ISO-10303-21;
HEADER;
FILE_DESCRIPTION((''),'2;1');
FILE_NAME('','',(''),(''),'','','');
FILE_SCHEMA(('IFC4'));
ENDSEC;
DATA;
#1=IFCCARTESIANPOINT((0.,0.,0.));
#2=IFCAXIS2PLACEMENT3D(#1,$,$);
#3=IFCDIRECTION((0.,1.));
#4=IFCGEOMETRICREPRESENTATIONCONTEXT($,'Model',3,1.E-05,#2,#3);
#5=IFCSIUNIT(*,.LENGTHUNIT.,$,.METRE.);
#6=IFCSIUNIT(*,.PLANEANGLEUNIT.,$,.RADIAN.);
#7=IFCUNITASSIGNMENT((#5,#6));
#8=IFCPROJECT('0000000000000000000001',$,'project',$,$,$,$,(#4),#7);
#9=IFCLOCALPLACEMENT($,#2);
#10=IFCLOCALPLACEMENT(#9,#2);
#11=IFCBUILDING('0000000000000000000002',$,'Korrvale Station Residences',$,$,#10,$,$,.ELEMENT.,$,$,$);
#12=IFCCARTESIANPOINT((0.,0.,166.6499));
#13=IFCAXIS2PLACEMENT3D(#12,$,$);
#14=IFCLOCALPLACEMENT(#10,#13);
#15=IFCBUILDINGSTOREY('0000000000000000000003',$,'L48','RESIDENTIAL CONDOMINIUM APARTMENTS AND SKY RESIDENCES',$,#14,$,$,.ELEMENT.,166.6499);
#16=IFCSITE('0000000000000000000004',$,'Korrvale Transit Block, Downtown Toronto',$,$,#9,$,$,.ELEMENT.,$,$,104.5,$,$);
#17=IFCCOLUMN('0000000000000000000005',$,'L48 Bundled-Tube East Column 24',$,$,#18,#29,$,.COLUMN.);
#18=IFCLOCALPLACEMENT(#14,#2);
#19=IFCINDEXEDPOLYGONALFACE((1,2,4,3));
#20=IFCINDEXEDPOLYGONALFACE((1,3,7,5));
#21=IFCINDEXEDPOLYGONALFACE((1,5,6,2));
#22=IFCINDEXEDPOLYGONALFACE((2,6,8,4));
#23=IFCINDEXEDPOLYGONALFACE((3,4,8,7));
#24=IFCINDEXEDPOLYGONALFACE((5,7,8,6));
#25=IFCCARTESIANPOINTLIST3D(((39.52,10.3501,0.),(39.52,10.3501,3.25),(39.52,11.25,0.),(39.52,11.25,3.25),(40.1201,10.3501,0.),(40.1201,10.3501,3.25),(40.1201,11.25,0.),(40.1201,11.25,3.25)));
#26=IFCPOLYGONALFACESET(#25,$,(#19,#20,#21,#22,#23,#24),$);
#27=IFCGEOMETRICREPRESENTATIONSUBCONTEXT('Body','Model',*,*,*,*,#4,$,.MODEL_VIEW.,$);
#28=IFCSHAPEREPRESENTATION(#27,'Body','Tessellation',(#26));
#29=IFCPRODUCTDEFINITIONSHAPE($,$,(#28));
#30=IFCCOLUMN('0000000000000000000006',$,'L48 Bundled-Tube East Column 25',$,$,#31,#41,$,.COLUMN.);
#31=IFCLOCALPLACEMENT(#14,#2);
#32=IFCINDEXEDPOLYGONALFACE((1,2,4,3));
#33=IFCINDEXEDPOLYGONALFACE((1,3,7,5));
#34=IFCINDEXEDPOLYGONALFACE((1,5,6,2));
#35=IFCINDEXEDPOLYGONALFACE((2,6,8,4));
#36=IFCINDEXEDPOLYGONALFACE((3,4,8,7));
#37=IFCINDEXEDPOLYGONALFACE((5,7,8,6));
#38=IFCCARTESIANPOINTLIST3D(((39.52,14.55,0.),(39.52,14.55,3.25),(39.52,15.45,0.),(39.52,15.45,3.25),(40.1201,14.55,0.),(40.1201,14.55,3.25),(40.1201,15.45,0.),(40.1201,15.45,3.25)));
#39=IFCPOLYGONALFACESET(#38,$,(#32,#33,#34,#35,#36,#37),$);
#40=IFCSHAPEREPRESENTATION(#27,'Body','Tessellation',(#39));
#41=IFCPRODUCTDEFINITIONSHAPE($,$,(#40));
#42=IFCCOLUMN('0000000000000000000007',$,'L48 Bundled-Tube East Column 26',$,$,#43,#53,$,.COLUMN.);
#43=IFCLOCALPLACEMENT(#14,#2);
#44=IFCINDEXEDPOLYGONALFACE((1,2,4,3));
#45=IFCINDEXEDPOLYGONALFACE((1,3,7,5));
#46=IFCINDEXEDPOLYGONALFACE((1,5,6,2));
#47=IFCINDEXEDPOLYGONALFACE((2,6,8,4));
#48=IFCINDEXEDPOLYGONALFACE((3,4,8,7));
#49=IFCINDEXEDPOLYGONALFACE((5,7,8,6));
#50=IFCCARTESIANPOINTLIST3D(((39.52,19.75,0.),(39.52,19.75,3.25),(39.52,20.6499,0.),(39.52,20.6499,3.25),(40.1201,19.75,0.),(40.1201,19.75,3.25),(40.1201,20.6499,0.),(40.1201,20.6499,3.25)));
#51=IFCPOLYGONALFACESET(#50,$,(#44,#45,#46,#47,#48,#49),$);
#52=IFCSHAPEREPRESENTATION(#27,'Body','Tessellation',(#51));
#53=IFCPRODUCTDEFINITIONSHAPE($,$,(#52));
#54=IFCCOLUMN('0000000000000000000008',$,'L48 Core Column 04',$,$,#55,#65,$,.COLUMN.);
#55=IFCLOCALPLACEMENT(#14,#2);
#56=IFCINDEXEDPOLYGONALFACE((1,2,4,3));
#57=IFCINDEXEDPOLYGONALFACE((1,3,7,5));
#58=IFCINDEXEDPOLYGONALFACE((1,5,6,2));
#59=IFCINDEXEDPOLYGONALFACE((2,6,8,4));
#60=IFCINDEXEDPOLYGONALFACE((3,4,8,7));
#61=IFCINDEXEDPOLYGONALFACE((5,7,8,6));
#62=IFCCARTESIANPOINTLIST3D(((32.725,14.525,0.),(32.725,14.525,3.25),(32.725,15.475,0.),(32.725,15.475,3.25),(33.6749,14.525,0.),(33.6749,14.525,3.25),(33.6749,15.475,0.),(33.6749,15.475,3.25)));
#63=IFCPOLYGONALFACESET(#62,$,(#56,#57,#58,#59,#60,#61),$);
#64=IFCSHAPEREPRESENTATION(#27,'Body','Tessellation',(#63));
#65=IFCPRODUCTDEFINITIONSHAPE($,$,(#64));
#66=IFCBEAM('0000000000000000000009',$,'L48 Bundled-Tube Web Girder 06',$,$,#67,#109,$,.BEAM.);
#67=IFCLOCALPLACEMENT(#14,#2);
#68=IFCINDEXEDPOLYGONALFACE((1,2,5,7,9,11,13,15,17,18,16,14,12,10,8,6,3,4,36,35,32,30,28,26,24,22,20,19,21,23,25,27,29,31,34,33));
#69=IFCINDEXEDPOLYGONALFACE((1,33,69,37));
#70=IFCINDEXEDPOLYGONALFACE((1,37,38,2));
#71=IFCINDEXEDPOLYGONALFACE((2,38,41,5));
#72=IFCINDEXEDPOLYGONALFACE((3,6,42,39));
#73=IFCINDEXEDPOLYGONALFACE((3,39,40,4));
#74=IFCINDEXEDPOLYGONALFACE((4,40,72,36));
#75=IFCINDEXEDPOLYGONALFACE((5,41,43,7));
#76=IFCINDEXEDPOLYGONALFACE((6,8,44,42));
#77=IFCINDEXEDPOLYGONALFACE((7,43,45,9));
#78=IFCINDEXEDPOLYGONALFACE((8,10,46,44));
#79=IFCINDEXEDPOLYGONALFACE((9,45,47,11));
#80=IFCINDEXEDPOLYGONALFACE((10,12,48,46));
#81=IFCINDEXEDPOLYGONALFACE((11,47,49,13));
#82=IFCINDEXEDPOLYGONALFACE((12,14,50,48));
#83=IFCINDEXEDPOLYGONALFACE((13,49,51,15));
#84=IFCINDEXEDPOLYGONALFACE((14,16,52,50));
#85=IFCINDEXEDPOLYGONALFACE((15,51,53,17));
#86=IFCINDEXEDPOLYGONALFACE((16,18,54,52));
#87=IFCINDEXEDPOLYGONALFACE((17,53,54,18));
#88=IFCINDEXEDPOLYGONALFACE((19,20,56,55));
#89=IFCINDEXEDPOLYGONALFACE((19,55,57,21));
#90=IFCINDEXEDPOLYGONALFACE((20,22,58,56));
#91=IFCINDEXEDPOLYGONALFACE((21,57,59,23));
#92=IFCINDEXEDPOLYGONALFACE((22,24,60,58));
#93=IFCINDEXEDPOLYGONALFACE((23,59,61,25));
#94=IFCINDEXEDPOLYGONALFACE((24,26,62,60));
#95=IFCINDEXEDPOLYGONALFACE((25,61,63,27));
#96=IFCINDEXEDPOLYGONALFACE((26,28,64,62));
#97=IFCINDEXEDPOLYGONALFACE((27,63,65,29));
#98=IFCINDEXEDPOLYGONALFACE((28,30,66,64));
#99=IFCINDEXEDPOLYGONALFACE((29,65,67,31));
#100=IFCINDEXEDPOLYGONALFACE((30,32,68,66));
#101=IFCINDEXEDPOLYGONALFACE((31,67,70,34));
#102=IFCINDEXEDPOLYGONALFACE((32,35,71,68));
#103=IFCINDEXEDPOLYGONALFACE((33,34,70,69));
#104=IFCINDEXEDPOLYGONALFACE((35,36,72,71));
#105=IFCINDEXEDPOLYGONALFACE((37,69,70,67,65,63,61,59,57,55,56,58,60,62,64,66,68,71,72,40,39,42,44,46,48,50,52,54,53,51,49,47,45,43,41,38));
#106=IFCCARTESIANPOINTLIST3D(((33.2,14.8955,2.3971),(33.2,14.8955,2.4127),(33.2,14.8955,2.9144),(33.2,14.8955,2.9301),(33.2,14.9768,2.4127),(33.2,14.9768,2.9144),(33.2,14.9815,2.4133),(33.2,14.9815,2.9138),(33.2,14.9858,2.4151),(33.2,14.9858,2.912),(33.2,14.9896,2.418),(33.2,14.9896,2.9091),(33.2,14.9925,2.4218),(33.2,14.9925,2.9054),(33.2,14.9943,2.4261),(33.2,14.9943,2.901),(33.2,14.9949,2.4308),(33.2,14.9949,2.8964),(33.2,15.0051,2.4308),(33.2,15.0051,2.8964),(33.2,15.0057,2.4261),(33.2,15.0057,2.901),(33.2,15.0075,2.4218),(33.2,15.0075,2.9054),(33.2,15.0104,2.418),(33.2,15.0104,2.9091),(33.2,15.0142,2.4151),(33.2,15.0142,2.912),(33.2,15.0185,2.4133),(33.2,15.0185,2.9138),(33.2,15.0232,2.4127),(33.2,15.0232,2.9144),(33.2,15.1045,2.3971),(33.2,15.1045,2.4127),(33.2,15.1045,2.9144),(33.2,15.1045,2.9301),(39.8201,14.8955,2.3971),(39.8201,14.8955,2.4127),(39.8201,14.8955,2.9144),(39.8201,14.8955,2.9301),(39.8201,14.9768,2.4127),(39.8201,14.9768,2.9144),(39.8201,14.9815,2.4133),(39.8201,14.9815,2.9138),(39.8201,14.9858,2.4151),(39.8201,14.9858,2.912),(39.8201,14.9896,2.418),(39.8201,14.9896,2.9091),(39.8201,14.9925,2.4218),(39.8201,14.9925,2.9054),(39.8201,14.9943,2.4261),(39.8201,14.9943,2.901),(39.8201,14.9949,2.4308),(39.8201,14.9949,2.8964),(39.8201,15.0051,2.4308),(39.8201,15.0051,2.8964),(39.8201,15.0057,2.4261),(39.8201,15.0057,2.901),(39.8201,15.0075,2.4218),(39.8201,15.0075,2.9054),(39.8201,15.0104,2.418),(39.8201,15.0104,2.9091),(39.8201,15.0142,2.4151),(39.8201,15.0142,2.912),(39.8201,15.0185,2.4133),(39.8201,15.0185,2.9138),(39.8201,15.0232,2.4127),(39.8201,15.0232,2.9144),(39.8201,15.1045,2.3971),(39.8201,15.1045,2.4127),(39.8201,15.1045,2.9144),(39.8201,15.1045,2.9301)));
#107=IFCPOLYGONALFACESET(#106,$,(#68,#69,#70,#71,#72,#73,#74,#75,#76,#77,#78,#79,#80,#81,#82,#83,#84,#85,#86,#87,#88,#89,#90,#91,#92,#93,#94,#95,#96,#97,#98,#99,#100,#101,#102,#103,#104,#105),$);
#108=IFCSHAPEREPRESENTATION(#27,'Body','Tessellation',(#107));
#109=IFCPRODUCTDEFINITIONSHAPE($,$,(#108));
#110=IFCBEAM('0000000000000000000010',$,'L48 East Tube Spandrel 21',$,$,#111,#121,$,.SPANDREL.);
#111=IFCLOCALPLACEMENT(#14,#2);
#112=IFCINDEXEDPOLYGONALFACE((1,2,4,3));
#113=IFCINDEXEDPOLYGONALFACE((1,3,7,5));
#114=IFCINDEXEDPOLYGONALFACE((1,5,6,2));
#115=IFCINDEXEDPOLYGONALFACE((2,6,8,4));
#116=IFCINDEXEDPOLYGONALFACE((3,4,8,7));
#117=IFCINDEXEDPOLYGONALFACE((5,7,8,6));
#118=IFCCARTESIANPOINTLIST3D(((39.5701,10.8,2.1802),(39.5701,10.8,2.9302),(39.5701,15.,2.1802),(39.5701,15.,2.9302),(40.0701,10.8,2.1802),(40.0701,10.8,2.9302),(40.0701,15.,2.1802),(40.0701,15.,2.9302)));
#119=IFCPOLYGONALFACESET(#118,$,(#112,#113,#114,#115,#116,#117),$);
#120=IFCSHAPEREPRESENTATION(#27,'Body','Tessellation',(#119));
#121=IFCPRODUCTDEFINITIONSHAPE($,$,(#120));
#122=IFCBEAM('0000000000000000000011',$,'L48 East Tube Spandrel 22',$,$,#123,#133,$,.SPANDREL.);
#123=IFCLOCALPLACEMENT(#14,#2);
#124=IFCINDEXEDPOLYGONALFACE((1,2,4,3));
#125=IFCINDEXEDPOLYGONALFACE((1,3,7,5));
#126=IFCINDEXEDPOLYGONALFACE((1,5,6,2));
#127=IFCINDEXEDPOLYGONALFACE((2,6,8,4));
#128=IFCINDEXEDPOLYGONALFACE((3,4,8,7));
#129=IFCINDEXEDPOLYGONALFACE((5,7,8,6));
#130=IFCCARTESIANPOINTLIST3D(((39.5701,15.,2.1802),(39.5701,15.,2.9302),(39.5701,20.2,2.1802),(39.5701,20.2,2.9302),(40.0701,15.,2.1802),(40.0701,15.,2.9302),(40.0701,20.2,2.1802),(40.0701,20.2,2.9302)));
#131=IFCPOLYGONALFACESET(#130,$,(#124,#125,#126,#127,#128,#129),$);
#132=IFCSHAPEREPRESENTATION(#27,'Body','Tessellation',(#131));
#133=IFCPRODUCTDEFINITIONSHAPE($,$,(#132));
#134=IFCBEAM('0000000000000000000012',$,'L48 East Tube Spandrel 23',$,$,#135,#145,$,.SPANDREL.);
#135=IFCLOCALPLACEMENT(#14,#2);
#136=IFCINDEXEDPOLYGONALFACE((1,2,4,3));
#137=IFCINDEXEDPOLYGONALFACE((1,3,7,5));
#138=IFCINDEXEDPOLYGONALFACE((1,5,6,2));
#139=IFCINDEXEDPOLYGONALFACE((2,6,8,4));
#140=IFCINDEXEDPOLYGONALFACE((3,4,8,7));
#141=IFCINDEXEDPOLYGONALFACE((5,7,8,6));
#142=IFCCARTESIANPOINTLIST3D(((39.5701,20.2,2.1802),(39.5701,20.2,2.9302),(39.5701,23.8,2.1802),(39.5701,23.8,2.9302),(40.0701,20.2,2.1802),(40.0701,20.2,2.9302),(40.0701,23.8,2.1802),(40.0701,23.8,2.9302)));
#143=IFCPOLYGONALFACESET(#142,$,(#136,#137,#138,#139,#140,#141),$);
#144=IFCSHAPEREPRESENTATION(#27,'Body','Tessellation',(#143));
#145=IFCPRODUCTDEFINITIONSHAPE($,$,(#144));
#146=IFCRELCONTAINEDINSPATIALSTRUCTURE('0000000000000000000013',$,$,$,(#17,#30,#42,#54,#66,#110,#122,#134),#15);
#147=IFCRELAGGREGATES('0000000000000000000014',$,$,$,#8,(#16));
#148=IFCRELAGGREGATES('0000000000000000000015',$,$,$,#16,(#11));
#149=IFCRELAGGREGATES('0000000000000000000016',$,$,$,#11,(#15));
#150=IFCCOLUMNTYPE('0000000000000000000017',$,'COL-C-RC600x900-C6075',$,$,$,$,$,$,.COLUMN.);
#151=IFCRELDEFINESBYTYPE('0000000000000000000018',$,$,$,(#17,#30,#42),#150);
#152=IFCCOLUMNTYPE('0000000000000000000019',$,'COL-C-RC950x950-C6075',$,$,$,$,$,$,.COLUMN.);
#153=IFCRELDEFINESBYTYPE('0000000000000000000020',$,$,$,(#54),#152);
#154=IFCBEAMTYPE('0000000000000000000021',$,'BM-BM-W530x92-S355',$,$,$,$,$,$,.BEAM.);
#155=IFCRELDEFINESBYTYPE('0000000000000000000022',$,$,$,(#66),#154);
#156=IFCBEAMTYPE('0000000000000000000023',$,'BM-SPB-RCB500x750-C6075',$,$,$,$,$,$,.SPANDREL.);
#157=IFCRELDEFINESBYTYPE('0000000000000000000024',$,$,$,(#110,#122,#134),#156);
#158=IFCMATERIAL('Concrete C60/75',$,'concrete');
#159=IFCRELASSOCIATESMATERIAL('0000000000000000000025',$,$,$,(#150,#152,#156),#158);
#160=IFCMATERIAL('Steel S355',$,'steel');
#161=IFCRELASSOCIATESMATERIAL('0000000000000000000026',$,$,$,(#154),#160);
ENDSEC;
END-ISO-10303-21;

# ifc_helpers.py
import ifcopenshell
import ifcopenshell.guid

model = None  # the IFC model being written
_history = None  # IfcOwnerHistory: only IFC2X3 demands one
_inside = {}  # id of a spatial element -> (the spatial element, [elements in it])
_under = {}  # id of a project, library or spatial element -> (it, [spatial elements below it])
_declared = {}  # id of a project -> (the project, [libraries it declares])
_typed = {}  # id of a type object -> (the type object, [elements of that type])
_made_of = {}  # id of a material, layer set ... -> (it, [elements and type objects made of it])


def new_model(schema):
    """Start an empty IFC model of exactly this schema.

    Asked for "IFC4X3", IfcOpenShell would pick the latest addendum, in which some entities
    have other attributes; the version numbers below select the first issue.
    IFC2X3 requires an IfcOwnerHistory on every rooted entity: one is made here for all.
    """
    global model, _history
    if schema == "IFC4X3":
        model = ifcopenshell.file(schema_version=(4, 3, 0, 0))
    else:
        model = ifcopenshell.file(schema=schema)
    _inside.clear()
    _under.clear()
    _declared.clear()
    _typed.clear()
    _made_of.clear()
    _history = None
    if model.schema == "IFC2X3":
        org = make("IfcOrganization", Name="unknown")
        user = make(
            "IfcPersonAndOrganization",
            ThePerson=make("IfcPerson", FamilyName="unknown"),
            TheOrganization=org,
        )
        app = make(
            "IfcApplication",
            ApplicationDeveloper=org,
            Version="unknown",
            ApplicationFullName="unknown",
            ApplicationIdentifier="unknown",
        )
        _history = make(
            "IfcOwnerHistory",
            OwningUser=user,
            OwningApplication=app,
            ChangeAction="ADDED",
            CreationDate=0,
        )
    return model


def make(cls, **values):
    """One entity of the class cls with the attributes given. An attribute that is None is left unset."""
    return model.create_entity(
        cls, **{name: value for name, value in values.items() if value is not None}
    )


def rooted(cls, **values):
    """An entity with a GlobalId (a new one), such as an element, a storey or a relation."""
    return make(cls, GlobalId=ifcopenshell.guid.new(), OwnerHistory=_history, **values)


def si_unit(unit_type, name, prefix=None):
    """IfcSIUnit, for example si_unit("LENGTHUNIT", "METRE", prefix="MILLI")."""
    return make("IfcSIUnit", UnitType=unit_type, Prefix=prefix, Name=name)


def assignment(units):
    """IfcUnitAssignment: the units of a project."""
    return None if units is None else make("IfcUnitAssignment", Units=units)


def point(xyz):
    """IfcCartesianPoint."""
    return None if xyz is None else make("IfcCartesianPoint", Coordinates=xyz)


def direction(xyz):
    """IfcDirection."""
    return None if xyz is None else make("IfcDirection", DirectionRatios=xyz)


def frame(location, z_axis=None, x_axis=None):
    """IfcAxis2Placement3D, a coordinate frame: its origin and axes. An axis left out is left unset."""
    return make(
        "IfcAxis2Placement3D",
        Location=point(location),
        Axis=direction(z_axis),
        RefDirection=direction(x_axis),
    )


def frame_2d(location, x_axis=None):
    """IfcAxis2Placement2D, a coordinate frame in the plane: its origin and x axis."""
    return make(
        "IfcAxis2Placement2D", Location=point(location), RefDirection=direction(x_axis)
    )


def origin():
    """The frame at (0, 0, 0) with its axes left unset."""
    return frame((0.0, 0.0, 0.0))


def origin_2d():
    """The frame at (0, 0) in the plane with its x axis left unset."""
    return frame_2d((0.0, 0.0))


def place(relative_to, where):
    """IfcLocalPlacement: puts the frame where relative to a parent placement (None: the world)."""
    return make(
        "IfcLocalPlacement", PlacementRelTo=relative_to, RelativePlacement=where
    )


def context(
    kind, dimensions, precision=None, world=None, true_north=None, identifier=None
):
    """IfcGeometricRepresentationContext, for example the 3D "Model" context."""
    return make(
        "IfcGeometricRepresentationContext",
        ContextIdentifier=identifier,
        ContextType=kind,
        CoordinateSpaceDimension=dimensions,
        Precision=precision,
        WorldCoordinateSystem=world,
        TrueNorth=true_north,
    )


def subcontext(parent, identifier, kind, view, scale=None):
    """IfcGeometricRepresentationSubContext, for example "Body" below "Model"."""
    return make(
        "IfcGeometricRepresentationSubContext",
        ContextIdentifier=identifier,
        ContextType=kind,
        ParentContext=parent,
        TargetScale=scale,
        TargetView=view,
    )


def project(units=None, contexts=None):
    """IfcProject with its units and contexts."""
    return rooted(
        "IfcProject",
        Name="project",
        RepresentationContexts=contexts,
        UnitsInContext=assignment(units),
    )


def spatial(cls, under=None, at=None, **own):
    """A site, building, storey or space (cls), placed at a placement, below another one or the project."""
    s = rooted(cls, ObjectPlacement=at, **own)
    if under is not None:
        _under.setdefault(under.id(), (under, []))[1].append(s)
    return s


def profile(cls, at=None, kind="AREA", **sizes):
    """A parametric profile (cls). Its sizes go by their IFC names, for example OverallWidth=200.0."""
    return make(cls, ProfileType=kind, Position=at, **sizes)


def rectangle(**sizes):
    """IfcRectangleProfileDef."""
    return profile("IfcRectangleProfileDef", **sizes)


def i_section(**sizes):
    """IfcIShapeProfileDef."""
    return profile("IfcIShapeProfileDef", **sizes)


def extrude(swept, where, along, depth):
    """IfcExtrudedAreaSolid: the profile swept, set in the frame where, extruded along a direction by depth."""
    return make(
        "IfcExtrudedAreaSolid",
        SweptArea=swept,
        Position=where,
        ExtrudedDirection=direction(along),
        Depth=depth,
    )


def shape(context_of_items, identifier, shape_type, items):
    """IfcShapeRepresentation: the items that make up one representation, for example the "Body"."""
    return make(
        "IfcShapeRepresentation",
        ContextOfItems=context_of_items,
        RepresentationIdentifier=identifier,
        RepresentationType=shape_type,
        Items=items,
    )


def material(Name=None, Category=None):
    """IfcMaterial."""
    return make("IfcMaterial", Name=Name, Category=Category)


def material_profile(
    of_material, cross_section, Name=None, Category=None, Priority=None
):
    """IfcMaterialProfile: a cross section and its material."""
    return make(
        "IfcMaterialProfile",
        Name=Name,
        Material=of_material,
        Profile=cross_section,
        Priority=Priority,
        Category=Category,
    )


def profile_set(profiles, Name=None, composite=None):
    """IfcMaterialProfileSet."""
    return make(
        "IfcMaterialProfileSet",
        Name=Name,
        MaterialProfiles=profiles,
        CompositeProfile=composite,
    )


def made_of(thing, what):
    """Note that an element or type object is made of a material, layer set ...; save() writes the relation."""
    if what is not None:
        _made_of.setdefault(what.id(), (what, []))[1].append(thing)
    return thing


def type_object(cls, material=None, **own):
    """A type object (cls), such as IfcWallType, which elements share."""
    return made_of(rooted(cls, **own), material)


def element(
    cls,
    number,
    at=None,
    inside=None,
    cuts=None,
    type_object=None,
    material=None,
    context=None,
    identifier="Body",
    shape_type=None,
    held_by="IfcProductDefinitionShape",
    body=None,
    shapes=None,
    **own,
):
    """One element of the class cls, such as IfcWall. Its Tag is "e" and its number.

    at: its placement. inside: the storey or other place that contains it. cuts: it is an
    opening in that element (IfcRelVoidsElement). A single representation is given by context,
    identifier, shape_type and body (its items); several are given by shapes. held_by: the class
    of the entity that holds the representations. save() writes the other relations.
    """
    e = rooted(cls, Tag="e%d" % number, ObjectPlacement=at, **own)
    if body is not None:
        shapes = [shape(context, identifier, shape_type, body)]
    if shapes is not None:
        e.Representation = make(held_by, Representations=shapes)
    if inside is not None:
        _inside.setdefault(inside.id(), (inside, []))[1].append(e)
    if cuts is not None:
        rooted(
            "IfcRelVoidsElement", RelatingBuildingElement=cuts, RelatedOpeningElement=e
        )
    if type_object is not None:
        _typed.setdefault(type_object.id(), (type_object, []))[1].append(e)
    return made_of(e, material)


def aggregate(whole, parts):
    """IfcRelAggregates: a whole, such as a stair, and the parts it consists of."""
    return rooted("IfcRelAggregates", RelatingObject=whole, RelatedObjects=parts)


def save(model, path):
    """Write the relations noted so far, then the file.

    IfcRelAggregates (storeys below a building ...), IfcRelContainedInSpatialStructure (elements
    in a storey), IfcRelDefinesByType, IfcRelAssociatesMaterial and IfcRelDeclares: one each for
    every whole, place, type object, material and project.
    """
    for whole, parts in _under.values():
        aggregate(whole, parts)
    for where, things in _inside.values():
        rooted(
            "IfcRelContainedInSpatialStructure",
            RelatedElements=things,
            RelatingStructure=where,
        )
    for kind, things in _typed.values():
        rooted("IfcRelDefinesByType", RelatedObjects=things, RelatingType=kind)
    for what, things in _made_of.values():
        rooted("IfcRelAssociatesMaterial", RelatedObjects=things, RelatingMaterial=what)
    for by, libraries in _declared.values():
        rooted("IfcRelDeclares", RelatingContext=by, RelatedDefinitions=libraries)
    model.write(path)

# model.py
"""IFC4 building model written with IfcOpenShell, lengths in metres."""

from ifc_helpers import new_model, si_unit, direction, frame, origin, origin_2d, place, context, subcontext, project, spatial, rectangle, i_section, extrude, material, material_profile, profile_set, type_object, element, save


model = new_model("IFC4")

# Units and contexts
model_context = context("Model", 3, precision=1e-05, world=origin(), true_north=direction((0.0, 1.0)))
body_context = subcontext(model_context, "Body", "Model", "MODEL_VIEW")
ifc_project = project(units=[si_unit("LENGTHUNIT", "METRE"), si_unit("PLANEANGLEUNIT", "RADIAN")], contexts=[model_context])

# Site, building, storey
site_placement = place(None, origin())
site = spatial("IfcSite", under=ifc_project, at=site_placement, Name="Korrvale Transit Block, Downtown Toronto", CompositionType="ELEMENT", RefElevation=104.5)
building_placement = place(site_placement, origin())
building = spatial("IfcBuilding", under=site, at=building_placement, Name="Korrvale Station Residences", CompositionType="ELEMENT")
storey_placement = place(building_placement, frame((0.0, 0.0, 166.6499)))
storey = spatial("IfcBuildingStorey", under=building, at=storey_placement, Name="L48", Description="RESIDENTIAL CONDOMINIUM APARTMENTS AND SKY RESIDENCES", CompositionType="ELEMENT", Elevation=166.6499)

# Columns
ifc_material_1 = material(Name="Concrete C60/75", Category="concrete")
ifc_material_profile_1 = material_profile(ifc_material_1, rectangle(XDim=0.6001, YDim=0.8999, at=origin_2d()), Name="RC600x900")
ifc_profile_set_1 = profile_set([ifc_material_profile_1], Name="Concrete C60/75")
column_type_1 = type_object("IfcColumnType", Name="COL-C-RC600x900-C6075", PredefinedType="COLUMN", material=ifc_profile_set_1)
for number, where, z_axis, x_axis, name in (
    (1, (39.8201, 10.8, 0.0), (0.0, 0.0, 1.0), (1.0, 0.0, 0.0), "L48 Bundled-Tube East Column 24"),
    (2, (39.8201, 15.0, 0.0), (0.0, 0.0, 1.0), (1.0, 0.0, 0.0), "L48 Bundled-Tube East Column 25"),
    (3, (39.8201, 20.2, 0.0), (0.0, 0.0, 1.0), (1.0, 0.0, 0.0), "L48 Bundled-Tube East Column 26"),
):
    element("IfcColumn", number, at=place(storey_placement, frame(where, z_axis=z_axis, x_axis=x_axis)), inside=storey, type_object=column_type_1, Name=name, PredefinedType="COLUMN", context=body_context, shape_type="SweptSolid", body=[
        extrude(rectangle(XDim=0.6001, YDim=0.8999, at=origin_2d()), origin(), (0.0, 0.0, 1.0), 3.25),
    ])
ifc_material_profile_2 = material_profile(ifc_material_1, rectangle(XDim=0.95, YDim=0.95, at=origin_2d()), Name="RC950x950")
ifc_profile_set_2 = profile_set([ifc_material_profile_2], Name="Concrete C60/75")
column_type_2 = type_object("IfcColumnType", Name="COL-C-RC950x950-C6075", PredefinedType="COLUMN", material=ifc_profile_set_2)
column_placement = place(storey_placement, frame((33.2, 15.0, 0.0), z_axis=(0.0, 0.0, 1.0), x_axis=(1.0, 0.0, 0.0)))
element("IfcColumn", 4, at=column_placement, inside=storey, type_object=column_type_2, Name="L48 Core Column 04", PredefinedType="COLUMN", context=body_context, shape_type="SweptSolid", body=[
    extrude(rectangle(XDim=0.95, YDim=0.95, at=origin_2d()), origin(), (0.0, 0.0, 1.0), 3.25),
])

# Beams
ifc_material_2 = material(Name="Steel S355", Category="steel")
ifc_material_profile_3 = material_profile(ifc_material_2, i_section(OverallWidth=0.209, OverallDepth=0.533, WebThickness=0.0103, FlangeThickness=0.0156, FilletRadius=0.0181, at=origin_2d()), Name="W530x92")
ifc_profile_set_3 = profile_set([ifc_material_profile_3], Name="Steel S355")
beam_type_1 = type_object("IfcBeamType", Name="BM-BM-W530x92-S355", PredefinedType="BEAM", material=ifc_profile_set_3)
beam_1_placement = place(storey_placement, frame((33.2, 15.0, 2.6636), z_axis=(1.0, 0.0, 0.0), x_axis=(0.0, 1.0, 0.0)))
element("IfcBeam", 5, at=beam_1_placement, inside=storey, type_object=beam_type_1, Name="L48 Bundled-Tube Web Girder 06", PredefinedType="BEAM", context=body_context, shape_type="SweptSolid", body=[
    extrude(i_section(OverallWidth=0.209, OverallDepth=0.533, WebThickness=0.0103, FlangeThickness=0.0156, FilletRadius=0.0181, at=origin_2d()), origin(), (0.0, 0.0, 1.0), 6.6201),
])
ifc_material_profile_4 = material_profile(ifc_material_1, rectangle(XDim=0.5, YDim=0.75, at=origin_2d()), Name="RCB500x750")
ifc_profile_set_4 = profile_set([ifc_material_profile_4], Name="Concrete C60/75")
beam_type_2 = type_object("IfcBeamType", Name="BM-SPB-RCB500x750-C6075", PredefinedType="SPANDREL", material=ifc_profile_set_4)
beam_2_placement = place(storey_placement, frame((39.8201, 10.8, 2.5552), z_axis=(0.0, 1.0, 0.0), x_axis=(-1.0, 0.0, 0.0)))
element("IfcBeam", 6, at=beam_2_placement, inside=storey, type_object=beam_type_2, Name="L48 East Tube Spandrel 21", PredefinedType="SPANDREL", context=body_context, shape_type="SweptSolid", body=[
    extrude(rectangle(XDim=0.5, YDim=0.75, at=origin_2d()), origin(), (0.0, 0.0, 1.0), 4.2),
])
beam_3_placement = place(storey_placement, frame((39.8201, 15.0, 2.5552), z_axis=(0.0, 1.0, 0.0), x_axis=(-1.0, 0.0, 0.0)))
element("IfcBeam", 7, at=beam_3_placement, inside=storey, type_object=beam_type_2, Name="L48 East Tube Spandrel 22", PredefinedType="SPANDREL", context=body_context, shape_type="SweptSolid", body=[
    extrude(rectangle(XDim=0.5, YDim=0.75, at=origin_2d()), origin(), (0.0, 0.0, 1.0), 5.2),
])
beam_4_placement = place(storey_placement, frame((39.8201, 20.2, 2.5552), z_axis=(0.0, 1.0, 0.0), x_axis=(-1.0, 0.0, 0.0)))
element("IfcBeam", 8, at=beam_4_placement, inside=storey, type_object=beam_type_2, Name="L48 East Tube Spandrel 23", PredefinedType="SPANDREL", context=body_context, shape_type="SweptSolid", body=[
    extrude(rectangle(XDim=0.5, YDim=0.75, at=origin_2d()), origin(), (0.0, 0.0, 1.0), 3.6001),
])

save(model, "model.ifc")
